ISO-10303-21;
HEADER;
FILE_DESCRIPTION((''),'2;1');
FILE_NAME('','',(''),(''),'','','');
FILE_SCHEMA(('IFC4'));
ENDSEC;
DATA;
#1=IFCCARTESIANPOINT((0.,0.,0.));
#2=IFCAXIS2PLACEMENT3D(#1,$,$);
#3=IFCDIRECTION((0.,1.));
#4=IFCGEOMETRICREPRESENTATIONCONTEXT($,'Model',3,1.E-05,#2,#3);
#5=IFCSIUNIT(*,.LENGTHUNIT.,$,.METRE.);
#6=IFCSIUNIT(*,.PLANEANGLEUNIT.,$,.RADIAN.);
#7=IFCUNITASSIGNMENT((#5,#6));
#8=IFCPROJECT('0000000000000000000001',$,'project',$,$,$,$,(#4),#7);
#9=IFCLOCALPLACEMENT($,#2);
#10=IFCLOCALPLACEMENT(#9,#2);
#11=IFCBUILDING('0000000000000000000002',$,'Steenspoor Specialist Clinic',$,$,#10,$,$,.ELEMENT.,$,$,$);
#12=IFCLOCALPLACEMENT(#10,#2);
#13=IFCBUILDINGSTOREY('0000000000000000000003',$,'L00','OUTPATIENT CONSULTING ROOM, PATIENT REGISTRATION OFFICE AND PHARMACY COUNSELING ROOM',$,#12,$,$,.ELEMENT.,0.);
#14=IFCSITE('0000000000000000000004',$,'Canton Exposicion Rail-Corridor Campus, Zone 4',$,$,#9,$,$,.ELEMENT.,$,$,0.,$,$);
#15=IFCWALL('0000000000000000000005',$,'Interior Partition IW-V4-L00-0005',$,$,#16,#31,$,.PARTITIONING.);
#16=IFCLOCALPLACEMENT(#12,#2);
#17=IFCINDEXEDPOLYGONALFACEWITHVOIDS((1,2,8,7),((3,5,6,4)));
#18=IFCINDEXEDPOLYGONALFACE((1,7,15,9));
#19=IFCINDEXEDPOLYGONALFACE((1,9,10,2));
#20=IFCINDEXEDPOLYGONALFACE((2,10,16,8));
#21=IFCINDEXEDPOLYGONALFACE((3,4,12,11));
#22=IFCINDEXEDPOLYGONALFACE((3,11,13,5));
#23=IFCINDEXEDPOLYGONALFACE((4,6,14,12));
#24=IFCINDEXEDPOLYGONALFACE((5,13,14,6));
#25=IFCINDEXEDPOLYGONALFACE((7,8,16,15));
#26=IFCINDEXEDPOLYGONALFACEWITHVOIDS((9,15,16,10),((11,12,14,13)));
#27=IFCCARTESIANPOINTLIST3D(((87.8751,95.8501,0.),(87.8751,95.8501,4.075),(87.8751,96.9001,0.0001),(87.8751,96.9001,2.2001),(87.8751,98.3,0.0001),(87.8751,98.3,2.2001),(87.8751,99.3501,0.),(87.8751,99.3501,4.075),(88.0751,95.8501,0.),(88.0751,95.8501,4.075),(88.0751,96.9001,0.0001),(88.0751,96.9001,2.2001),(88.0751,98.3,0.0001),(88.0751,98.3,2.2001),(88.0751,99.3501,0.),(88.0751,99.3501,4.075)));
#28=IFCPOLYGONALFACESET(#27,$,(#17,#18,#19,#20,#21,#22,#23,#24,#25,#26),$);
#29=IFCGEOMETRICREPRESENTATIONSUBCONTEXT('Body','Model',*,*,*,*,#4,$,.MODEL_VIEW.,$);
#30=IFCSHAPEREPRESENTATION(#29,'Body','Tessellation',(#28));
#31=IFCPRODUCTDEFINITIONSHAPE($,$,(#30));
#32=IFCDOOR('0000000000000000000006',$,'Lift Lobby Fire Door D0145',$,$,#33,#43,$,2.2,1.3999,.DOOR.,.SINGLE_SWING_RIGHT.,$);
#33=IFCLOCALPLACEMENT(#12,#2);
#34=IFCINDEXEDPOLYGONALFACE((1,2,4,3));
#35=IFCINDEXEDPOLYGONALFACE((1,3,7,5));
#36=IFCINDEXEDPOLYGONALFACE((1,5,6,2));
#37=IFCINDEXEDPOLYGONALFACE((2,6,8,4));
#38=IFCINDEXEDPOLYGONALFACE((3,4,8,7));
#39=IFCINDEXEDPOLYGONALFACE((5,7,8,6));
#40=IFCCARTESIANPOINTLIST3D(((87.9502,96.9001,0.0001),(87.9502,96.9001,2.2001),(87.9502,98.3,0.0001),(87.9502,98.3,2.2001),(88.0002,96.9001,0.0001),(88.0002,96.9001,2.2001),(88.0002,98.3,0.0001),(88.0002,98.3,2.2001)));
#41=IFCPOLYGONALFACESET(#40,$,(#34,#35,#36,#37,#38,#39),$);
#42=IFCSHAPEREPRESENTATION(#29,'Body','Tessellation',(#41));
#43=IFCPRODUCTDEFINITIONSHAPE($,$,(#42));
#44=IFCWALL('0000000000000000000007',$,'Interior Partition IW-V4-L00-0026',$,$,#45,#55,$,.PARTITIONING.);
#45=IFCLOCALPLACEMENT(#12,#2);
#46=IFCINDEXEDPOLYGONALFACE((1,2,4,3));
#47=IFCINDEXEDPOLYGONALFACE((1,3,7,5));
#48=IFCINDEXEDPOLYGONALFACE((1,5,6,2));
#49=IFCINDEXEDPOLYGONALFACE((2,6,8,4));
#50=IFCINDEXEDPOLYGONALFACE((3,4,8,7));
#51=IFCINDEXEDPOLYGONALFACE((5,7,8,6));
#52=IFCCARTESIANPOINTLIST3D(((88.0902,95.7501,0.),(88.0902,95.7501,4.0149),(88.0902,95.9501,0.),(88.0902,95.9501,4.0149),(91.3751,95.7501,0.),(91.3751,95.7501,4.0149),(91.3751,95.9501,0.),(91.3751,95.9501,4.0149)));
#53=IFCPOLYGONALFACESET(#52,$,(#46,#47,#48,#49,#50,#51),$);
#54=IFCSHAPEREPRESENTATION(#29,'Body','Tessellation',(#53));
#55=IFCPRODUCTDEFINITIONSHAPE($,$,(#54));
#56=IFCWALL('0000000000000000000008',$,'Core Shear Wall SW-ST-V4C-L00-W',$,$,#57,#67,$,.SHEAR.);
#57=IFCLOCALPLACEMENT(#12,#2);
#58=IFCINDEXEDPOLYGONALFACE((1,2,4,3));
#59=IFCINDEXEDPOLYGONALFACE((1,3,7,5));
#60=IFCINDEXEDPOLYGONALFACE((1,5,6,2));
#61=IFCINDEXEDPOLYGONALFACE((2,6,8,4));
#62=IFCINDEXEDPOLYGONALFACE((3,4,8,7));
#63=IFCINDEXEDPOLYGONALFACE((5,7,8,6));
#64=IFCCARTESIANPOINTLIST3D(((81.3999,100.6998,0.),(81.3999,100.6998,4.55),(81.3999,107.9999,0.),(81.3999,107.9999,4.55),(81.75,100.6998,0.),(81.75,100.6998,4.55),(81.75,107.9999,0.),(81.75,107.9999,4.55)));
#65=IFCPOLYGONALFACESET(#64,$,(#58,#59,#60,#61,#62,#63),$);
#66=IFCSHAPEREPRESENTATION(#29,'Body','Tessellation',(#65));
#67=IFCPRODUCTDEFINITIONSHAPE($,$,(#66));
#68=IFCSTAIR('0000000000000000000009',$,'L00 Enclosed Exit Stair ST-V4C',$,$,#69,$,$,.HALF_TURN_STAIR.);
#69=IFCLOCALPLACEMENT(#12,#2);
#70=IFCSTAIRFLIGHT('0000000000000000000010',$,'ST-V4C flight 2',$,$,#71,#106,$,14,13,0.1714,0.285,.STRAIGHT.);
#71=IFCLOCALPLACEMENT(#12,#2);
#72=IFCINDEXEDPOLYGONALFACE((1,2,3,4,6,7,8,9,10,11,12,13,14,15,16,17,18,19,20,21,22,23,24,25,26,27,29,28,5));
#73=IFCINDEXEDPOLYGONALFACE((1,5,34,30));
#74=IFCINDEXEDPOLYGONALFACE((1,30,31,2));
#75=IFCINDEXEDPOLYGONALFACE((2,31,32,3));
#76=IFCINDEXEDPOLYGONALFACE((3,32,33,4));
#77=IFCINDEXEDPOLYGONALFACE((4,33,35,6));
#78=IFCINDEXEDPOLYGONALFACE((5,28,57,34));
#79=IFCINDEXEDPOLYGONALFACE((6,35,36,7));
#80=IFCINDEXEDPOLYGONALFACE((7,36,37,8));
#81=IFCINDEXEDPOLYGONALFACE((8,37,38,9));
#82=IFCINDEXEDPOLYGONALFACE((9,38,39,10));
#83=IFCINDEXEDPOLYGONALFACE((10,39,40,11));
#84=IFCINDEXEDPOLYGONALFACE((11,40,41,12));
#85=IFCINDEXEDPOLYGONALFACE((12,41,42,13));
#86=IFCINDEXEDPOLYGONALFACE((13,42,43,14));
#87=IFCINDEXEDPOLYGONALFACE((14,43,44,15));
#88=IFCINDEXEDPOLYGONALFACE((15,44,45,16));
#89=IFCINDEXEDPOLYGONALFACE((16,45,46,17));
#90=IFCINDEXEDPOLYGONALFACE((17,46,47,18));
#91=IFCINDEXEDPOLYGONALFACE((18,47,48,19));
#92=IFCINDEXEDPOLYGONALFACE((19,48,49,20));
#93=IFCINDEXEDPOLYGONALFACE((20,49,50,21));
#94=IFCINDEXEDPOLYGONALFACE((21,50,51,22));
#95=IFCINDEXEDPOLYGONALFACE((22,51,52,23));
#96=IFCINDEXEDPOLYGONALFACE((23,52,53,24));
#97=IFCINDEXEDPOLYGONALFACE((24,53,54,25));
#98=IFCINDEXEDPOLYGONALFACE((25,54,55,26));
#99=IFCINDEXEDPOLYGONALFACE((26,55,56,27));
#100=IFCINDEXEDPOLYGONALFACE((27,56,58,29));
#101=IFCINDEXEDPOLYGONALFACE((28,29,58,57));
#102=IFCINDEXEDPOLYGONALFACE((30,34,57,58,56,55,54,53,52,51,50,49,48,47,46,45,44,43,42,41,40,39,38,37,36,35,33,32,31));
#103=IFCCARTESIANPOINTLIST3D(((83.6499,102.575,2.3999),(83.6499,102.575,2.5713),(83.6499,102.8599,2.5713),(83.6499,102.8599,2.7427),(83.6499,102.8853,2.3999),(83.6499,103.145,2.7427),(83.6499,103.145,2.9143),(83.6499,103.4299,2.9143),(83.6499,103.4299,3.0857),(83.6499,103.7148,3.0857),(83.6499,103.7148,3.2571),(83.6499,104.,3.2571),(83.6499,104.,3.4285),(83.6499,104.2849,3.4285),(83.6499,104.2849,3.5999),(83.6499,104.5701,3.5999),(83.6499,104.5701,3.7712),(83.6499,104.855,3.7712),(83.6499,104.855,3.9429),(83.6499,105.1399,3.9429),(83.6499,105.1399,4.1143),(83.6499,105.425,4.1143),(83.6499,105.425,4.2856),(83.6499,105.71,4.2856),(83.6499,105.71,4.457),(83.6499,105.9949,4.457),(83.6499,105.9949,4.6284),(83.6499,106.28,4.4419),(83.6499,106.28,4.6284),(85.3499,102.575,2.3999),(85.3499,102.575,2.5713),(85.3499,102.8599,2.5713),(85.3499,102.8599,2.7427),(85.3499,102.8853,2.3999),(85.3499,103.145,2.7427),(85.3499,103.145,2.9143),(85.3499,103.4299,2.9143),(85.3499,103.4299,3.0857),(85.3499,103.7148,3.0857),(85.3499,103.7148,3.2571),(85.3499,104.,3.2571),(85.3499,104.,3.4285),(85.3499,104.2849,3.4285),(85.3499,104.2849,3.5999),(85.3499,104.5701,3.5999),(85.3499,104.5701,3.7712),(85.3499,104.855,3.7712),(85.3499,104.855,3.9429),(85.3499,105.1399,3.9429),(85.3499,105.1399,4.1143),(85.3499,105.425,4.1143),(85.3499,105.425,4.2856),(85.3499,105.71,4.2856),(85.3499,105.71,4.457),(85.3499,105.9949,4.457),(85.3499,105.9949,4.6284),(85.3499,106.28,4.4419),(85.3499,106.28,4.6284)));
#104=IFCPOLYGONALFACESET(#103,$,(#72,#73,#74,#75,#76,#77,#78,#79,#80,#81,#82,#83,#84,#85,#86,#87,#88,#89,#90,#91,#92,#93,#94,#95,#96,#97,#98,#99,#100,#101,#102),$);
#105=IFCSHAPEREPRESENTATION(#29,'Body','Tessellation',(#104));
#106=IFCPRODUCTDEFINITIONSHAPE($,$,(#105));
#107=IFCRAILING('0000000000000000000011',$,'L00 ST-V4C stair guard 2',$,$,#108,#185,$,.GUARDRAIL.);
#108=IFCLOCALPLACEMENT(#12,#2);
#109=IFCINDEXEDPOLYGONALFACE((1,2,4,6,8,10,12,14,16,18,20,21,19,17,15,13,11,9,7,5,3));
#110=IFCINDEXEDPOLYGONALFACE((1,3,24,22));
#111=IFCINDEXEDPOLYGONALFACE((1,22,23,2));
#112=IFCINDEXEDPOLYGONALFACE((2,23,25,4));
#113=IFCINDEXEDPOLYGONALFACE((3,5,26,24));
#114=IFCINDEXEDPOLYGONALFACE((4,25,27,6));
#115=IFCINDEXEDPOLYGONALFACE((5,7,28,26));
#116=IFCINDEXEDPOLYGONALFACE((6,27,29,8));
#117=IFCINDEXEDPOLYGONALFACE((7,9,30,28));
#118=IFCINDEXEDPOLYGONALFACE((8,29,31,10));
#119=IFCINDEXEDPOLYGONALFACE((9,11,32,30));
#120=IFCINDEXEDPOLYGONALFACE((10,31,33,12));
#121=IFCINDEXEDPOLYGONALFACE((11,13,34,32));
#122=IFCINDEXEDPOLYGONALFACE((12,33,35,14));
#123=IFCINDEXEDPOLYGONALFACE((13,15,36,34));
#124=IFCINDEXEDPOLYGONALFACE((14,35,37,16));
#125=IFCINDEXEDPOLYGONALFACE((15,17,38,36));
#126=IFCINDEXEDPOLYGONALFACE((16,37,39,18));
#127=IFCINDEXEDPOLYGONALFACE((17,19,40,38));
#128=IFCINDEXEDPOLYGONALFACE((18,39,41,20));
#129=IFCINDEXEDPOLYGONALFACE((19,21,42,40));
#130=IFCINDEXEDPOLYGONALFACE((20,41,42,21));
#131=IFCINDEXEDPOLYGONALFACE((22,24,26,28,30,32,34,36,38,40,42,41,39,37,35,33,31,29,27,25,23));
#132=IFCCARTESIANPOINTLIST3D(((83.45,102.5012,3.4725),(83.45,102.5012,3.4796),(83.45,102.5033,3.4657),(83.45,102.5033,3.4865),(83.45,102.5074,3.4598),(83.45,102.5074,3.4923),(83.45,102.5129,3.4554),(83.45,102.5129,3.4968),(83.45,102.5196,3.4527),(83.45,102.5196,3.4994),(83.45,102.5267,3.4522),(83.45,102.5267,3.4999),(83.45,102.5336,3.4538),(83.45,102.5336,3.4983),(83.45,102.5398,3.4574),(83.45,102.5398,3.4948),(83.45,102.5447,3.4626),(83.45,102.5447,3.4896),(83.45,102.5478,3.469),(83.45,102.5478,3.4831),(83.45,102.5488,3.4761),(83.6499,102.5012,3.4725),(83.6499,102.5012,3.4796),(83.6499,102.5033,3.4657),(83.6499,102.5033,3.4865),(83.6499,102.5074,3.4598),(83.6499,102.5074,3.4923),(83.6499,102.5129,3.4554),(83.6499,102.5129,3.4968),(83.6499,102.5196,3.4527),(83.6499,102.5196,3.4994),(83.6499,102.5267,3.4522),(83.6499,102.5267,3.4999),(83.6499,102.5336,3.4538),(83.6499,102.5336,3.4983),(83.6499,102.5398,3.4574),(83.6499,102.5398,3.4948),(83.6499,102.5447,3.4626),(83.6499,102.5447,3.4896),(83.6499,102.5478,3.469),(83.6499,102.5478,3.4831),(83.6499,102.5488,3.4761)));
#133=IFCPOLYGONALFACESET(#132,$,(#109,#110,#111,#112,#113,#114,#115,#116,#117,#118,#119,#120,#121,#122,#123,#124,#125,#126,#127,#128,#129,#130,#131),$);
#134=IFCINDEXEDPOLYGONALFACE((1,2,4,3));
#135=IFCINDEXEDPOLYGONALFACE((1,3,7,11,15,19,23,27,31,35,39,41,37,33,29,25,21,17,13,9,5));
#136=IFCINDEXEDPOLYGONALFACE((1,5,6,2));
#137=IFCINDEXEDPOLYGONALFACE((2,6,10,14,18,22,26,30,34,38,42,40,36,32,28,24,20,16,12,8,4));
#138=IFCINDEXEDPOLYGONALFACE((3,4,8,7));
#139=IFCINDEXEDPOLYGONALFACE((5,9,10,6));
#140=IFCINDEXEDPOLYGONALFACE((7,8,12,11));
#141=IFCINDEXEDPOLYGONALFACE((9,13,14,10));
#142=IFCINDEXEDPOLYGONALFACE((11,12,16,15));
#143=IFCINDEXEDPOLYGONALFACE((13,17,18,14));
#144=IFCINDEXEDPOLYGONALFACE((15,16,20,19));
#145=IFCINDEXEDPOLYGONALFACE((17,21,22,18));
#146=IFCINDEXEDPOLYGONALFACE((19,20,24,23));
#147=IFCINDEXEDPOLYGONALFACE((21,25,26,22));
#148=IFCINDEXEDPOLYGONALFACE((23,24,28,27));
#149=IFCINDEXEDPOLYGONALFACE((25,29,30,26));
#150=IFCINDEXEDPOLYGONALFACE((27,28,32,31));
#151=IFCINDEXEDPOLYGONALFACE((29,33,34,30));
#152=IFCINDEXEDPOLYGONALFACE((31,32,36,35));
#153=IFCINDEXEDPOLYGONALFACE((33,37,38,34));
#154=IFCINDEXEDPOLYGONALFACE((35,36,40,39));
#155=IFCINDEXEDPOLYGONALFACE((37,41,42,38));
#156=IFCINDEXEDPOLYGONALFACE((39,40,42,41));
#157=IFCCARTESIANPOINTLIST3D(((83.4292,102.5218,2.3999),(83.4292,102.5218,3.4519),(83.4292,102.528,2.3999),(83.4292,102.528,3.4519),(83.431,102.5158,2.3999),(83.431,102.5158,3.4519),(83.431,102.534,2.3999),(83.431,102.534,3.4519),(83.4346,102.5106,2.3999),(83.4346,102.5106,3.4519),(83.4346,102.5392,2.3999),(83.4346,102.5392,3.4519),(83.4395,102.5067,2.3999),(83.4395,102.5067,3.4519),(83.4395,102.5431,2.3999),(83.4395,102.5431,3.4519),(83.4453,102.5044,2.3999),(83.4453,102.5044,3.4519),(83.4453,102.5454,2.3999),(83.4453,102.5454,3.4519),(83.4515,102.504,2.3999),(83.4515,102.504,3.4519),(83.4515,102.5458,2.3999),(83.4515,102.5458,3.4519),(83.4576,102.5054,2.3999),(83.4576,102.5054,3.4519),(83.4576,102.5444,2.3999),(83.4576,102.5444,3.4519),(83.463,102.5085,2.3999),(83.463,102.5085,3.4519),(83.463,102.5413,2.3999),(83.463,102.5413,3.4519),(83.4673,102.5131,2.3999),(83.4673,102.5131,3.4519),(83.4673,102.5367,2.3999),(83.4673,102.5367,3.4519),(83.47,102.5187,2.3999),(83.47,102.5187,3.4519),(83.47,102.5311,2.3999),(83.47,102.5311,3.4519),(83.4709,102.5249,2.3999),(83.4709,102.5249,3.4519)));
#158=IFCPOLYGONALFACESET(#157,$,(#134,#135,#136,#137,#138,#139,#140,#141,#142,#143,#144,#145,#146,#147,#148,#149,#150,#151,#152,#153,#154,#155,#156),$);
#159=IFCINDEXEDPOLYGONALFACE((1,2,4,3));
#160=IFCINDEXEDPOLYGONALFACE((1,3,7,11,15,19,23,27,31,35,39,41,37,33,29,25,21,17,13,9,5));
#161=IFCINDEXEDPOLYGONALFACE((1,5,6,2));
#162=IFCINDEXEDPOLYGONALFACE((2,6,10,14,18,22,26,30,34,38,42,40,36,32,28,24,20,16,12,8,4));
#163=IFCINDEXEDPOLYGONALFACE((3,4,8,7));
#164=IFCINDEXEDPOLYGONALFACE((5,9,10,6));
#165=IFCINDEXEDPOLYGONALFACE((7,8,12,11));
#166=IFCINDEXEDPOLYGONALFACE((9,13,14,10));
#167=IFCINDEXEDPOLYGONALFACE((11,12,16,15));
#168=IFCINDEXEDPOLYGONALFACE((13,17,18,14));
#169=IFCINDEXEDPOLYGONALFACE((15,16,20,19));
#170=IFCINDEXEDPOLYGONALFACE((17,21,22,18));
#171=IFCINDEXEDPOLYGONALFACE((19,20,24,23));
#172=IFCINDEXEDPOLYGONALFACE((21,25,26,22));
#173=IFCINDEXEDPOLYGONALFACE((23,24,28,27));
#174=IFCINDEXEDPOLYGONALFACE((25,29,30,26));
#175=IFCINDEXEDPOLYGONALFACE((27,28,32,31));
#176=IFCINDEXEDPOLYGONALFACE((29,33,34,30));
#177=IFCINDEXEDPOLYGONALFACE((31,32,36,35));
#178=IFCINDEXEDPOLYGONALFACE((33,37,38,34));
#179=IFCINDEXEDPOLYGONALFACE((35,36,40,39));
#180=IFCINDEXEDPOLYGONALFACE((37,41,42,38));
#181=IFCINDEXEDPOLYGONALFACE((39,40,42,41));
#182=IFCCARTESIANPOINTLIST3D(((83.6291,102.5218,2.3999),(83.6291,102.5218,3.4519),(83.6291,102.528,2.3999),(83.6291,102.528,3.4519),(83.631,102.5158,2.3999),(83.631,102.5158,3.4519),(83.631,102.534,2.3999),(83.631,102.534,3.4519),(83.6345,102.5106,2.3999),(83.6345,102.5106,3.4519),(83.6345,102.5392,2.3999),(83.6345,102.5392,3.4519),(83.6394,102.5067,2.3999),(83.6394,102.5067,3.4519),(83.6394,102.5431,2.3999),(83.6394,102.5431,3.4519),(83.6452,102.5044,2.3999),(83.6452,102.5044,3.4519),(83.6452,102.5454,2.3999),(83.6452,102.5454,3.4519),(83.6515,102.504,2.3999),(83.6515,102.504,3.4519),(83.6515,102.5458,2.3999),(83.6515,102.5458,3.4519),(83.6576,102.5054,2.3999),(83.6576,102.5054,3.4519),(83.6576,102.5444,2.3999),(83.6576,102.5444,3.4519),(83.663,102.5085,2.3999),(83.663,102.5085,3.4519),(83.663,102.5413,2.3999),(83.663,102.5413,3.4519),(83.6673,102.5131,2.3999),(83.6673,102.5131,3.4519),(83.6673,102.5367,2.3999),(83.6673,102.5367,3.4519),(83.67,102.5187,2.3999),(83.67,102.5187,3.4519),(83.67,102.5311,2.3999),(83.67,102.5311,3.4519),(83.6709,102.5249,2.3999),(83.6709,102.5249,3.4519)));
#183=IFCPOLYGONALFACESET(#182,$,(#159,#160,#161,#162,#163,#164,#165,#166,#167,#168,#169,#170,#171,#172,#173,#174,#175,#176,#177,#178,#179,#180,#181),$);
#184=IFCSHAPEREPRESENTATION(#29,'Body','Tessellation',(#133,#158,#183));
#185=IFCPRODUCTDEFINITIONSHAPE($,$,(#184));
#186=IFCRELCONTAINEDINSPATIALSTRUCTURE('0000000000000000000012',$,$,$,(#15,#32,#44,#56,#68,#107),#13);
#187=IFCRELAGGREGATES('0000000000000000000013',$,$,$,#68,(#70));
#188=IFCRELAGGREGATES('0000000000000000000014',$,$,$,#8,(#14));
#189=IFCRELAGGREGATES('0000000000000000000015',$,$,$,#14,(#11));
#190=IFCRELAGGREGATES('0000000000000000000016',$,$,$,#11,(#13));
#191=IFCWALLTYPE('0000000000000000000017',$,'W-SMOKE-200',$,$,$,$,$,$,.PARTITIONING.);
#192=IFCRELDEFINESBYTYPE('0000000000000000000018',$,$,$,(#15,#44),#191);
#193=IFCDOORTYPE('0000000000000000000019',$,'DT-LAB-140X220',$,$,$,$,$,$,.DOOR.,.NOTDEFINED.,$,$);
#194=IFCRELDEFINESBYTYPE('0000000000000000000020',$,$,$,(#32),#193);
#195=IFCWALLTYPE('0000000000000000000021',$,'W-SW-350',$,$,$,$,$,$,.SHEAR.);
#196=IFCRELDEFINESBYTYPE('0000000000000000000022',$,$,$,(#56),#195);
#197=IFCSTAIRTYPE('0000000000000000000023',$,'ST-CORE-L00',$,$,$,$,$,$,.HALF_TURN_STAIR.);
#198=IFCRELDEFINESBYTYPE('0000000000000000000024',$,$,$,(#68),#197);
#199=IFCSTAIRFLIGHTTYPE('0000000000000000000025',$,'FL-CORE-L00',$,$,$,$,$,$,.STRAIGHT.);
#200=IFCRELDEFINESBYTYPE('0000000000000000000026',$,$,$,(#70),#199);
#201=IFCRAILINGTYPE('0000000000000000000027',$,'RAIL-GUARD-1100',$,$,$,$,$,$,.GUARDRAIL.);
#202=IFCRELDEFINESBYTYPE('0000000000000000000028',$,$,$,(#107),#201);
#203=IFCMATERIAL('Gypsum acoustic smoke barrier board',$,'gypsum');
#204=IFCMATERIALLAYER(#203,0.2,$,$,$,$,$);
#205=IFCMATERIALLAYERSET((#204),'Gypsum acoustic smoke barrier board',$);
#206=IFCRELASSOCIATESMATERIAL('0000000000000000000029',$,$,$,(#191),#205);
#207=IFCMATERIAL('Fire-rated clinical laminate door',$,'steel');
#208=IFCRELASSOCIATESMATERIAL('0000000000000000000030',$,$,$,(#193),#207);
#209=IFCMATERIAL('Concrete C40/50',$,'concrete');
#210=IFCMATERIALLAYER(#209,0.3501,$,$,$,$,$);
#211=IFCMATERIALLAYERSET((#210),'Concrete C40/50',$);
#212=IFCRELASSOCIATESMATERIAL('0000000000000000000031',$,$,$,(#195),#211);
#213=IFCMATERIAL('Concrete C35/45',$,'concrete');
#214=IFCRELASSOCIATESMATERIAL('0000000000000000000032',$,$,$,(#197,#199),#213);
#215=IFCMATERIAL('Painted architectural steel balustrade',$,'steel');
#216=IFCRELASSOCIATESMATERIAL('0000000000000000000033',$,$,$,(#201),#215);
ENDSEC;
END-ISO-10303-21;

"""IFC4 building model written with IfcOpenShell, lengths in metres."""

from ifc_helpers import new_model, si_unit, direction, frame, frame_2d, origin, origin_2d, place, context, subcontext, project, spatial, polyline, rectangle, circle, outline, extrude, material, layer, layer_set, type_object, element, fill, aggregate, save


model = new_model("IFC4")

# Units and contexts
model_context = context("Model", 3, precision=1e-05, world=origin(), true_north=direction((0.0, 1.0)))
body_context = subcontext(model_context, "Body", "Model", "MODEL_VIEW")
ifc_project = project(units=[si_unit("LENGTHUNIT", "METRE"), si_unit("PLANEANGLEUNIT", "RADIAN")], contexts=[model_context])

# Site, building, storey
site_placement = place(None, origin())
site = spatial("IfcSite", under=ifc_project, at=site_placement, Name="Canton Exposicion Rail-Corridor Campus, Zone 4", CompositionType="ELEMENT", RefElevation=0.0)
building_placement = place(site_placement, origin())
building = spatial("IfcBuilding", under=site, at=building_placement, Name="Steenspoor Specialist Clinic", CompositionType="ELEMENT")
storey_placement = place(building_placement, origin())
storey = spatial("IfcBuildingStorey", under=building, at=storey_placement, Name="L00", Description="OUTPATIENT CONSULTING ROOM, PATIENT REGISTRATION OFFICE AND PHARMACY COUNSELING ROOM", CompositionType="ELEMENT", Elevation=0.0)

# Shared definitions
ifc_material_1 = material(Name="Concrete C35/45", Category="concrete")

# Wall, opening, door
ifc_material_2 = material(Name="Gypsum acoustic smoke barrier board", Category="gypsum")
ifc_layer_1 = layer(ifc_material_2, 0.2)
ifc_layer_set_1 = layer_set([ifc_layer_1], Name="Gypsum acoustic smoke barrier board")
wall_type_1 = type_object("IfcWallType", Name="W-SMOKE-200", PredefinedType="PARTITIONING", material=ifc_layer_set_1)
wall_1_placement = place(storey_placement, frame((87.9751, 95.8501, 0.0), z_axis=(0.0, 0.0, 1.0), x_axis=(0.0, 1.0, 0.0)))
wall_1 = element("IfcWall", 1, at=wall_1_placement, inside=storey, type_object=wall_type_1, Name="Interior Partition IW-V4-L00-0005", PredefinedType="PARTITIONING", context=body_context, shape_type="SweptSolid", body=[
    extrude(rectangle(XDim=3.5, YDim=0.2, at=frame_2d((1.75, 0.0))), origin(), (0.0, 0.0, 1.0), 4.075),
])
opening_1_placement = place(wall_1_placement, frame((1.05, 0.0, 0.0)))
opening_1 = element("IfcOpeningElement", 2, at=opening_1_placement, cuts=wall_1, PredefinedType="OPENING", context=body_context, shape_type="SweptSolid", body=[
    extrude(rectangle(XDim=1.3999, YDim=2.2, at=frame_2d((0.7, 1.1001))), frame((0.0, 0.1099, 0.0), z_axis=(0.0, -1.0, 0.0), x_axis=(1.0, 0.0, 0.0)), (0.0, 0.0, 1.0), 0.22),
])
ifc_material_3 = material(Name="Fire-rated clinical laminate door", Category="steel")
door_type_1 = type_object("IfcDoorType", Name="DT-LAB-140X220", OperationType="NOTDEFINED", PredefinedType="DOOR", material=ifc_material_3)
door_1_placement = place(opening_1_placement, origin())
door_1 = element("IfcDoor", 3, at=door_1_placement, inside=storey, type_object=door_type_1, Name="Lift Lobby Fire Door D0145", OperationType="SINGLE_SWING_RIGHT", OverallHeight=2.2, OverallWidth=1.3999, PredefinedType="DOOR", context=body_context, shape_type="SweptSolid", body=[
    extrude(rectangle(XDim=1.3999, YDim=2.2, at=frame_2d((0.7, 1.1001))), frame((0.0, 0.0249, 0.0), z_axis=(0.0, -1.0, 0.0), x_axis=(1.0, 0.0, 0.0)), (0.0, 0.0, 1.0), 0.05),
])
fill(opening_1, door_1)

# Walls
wall_2_placement = place(storey_placement, frame((88.0901, 95.8501, 0.0), z_axis=(0.0, 0.0, 1.0), x_axis=(1.0, 0.0, 0.0)))
element("IfcWall", 4, at=wall_2_placement, inside=storey, type_object=wall_type_1, Name="Interior Partition IW-V4-L00-0026", PredefinedType="PARTITIONING", context=body_context, shape_type="SweptSolid", body=[
    extrude(rectangle(XDim=3.2849, YDim=0.2, at=frame_2d((1.6426, 0.0))), origin(), (0.0, 0.0, 1.0), 4.0149),
])
ifc_material_4 = material(Name="Concrete C40/50", Category="concrete")
ifc_layer_2 = layer(ifc_material_4, 0.3501)
ifc_layer_set_2 = layer_set([ifc_layer_2], Name="Concrete C40/50")
wall_type_2 = type_object("IfcWallType", Name="W-SW-350", PredefinedType="SHEAR", material=ifc_layer_set_2)
wall_3_placement = place(storey_placement, frame((81.575, 100.7, 0.0), z_axis=(0.0, 0.0, 1.0), x_axis=(0.0, 1.0, 0.0)))
element("IfcWall", 5, at=wall_3_placement, inside=storey, type_object=wall_type_2, Name="Core Shear Wall SW-ST-V4C-L00-W", PredefinedType="SHEAR", context=body_context, shape_type="SweptSolid", body=[
    extrude(rectangle(XDim=7.3, YDim=0.3501, at=frame_2d((3.6499, 0.0))), origin(), (0.0, 0.0, 1.0), 4.55),
])

# Stair, stair flight
stair_type = type_object("IfcStairType", Name="ST-CORE-L00", PredefinedType="HALF_TURN_STAIR", material=ifc_material_1)
stair_placement = place(storey_placement, origin())
stair = element("IfcStair", 6, at=stair_placement, inside=storey, type_object=stair_type, Name="L00 Enclosed Exit Stair ST-V4C", PredefinedType="HALF_TURN_STAIR")
stair_flight_type = type_object("IfcStairFlightType", Name="FL-CORE-L00", PredefinedType="STRAIGHT", material=ifc_material_1)
stair_flight_placement = place(storey_placement, frame((84.5, 102.575, 2.3999), z_axis=(0.0, 0.0, 1.0), x_axis=(0.0, 1.0, 0.0)))
stair_flight = element("IfcStairFlight", 7, at=stair_flight_placement, type_object=stair_flight_type, Name="ST-V4C flight 2", NumberOfRisers=14, NumberOfTreads=13, PredefinedType="STRAIGHT", RiserHeight=0.1714, TreadLength=0.285, context=body_context, shape_type="SweptSolid", body=[
    extrude(outline(polyline([(0.0, 0.0), (0.0, 0.1714), (0.2849, 0.1714), (0.2849, 0.3428), (0.5701, 0.3428), (0.5701, 0.5144), (0.855, 0.5144), (0.855, 0.6858), (1.1399, 0.6858), (1.1399, 0.8572), (1.425, 0.8572), (1.425, 1.0286), (1.71, 1.0286), (1.71, 1.2), (1.9951, 1.2), (1.9951, 1.3713), (2.28, 1.3713), (2.28, 1.543), (2.5649, 1.543), (2.5649, 1.7144), (2.8501, 1.7144), (2.8501, 1.8857), (3.135, 1.8857), (3.135, 2.0571), (3.4199, 2.0571), (3.4199, 2.2285), (3.7051, 2.2285), (3.7051, 2.3999), (3.7051, 2.042), (0.3103, 0.0), (0.0, 0.0)])), frame((0.0, 0.8501, 0.0), z_axis=(0.0, -1.0, 0.0), x_axis=(1.0, 0.0, 0.0)), (0.0, 0.0, 1.0), 1.7),
])
aggregate(stair, [stair_flight])

# Railing
ifc_material_5 = material(Name="Painted architectural steel balustrade", Category="steel")
railing_type_1 = type_object("IfcRailingType", Name="RAIL-GUARD-1100", PredefinedType="GUARDRAIL", material=ifc_material_5)
railing_1_placement = place(storey_placement, frame((83.45, 102.5249, 2.3999)))
element("IfcRailing", 8, at=railing_1_placement, inside=storey, type_object=railing_type_1, Name="L00 ST-V4C stair guard 2", PredefinedType="GUARDRAIL", context=body_context, shape_type="SweptSolid", body=[
    extrude(circle(Radius=0.0239, at=origin_2d()), frame((0.0, 0.0, 1.0762), z_axis=(1.0, 0.0, 0.0), x_axis=(0.0, 1.0, 0.0)), (0.0, 0.0, 1.0), 0.2),
    extrude(circle(Radius=0.021, at=origin_2d()), origin(), (0.0, 0.0, 1.0), 1.052),
    extrude(circle(Radius=0.021, at=origin_2d()), frame((0.2, 0.0, 0.0)), (0.0, 0.0, 1.0), 1.052),
])

save(model, "model.ifc")
